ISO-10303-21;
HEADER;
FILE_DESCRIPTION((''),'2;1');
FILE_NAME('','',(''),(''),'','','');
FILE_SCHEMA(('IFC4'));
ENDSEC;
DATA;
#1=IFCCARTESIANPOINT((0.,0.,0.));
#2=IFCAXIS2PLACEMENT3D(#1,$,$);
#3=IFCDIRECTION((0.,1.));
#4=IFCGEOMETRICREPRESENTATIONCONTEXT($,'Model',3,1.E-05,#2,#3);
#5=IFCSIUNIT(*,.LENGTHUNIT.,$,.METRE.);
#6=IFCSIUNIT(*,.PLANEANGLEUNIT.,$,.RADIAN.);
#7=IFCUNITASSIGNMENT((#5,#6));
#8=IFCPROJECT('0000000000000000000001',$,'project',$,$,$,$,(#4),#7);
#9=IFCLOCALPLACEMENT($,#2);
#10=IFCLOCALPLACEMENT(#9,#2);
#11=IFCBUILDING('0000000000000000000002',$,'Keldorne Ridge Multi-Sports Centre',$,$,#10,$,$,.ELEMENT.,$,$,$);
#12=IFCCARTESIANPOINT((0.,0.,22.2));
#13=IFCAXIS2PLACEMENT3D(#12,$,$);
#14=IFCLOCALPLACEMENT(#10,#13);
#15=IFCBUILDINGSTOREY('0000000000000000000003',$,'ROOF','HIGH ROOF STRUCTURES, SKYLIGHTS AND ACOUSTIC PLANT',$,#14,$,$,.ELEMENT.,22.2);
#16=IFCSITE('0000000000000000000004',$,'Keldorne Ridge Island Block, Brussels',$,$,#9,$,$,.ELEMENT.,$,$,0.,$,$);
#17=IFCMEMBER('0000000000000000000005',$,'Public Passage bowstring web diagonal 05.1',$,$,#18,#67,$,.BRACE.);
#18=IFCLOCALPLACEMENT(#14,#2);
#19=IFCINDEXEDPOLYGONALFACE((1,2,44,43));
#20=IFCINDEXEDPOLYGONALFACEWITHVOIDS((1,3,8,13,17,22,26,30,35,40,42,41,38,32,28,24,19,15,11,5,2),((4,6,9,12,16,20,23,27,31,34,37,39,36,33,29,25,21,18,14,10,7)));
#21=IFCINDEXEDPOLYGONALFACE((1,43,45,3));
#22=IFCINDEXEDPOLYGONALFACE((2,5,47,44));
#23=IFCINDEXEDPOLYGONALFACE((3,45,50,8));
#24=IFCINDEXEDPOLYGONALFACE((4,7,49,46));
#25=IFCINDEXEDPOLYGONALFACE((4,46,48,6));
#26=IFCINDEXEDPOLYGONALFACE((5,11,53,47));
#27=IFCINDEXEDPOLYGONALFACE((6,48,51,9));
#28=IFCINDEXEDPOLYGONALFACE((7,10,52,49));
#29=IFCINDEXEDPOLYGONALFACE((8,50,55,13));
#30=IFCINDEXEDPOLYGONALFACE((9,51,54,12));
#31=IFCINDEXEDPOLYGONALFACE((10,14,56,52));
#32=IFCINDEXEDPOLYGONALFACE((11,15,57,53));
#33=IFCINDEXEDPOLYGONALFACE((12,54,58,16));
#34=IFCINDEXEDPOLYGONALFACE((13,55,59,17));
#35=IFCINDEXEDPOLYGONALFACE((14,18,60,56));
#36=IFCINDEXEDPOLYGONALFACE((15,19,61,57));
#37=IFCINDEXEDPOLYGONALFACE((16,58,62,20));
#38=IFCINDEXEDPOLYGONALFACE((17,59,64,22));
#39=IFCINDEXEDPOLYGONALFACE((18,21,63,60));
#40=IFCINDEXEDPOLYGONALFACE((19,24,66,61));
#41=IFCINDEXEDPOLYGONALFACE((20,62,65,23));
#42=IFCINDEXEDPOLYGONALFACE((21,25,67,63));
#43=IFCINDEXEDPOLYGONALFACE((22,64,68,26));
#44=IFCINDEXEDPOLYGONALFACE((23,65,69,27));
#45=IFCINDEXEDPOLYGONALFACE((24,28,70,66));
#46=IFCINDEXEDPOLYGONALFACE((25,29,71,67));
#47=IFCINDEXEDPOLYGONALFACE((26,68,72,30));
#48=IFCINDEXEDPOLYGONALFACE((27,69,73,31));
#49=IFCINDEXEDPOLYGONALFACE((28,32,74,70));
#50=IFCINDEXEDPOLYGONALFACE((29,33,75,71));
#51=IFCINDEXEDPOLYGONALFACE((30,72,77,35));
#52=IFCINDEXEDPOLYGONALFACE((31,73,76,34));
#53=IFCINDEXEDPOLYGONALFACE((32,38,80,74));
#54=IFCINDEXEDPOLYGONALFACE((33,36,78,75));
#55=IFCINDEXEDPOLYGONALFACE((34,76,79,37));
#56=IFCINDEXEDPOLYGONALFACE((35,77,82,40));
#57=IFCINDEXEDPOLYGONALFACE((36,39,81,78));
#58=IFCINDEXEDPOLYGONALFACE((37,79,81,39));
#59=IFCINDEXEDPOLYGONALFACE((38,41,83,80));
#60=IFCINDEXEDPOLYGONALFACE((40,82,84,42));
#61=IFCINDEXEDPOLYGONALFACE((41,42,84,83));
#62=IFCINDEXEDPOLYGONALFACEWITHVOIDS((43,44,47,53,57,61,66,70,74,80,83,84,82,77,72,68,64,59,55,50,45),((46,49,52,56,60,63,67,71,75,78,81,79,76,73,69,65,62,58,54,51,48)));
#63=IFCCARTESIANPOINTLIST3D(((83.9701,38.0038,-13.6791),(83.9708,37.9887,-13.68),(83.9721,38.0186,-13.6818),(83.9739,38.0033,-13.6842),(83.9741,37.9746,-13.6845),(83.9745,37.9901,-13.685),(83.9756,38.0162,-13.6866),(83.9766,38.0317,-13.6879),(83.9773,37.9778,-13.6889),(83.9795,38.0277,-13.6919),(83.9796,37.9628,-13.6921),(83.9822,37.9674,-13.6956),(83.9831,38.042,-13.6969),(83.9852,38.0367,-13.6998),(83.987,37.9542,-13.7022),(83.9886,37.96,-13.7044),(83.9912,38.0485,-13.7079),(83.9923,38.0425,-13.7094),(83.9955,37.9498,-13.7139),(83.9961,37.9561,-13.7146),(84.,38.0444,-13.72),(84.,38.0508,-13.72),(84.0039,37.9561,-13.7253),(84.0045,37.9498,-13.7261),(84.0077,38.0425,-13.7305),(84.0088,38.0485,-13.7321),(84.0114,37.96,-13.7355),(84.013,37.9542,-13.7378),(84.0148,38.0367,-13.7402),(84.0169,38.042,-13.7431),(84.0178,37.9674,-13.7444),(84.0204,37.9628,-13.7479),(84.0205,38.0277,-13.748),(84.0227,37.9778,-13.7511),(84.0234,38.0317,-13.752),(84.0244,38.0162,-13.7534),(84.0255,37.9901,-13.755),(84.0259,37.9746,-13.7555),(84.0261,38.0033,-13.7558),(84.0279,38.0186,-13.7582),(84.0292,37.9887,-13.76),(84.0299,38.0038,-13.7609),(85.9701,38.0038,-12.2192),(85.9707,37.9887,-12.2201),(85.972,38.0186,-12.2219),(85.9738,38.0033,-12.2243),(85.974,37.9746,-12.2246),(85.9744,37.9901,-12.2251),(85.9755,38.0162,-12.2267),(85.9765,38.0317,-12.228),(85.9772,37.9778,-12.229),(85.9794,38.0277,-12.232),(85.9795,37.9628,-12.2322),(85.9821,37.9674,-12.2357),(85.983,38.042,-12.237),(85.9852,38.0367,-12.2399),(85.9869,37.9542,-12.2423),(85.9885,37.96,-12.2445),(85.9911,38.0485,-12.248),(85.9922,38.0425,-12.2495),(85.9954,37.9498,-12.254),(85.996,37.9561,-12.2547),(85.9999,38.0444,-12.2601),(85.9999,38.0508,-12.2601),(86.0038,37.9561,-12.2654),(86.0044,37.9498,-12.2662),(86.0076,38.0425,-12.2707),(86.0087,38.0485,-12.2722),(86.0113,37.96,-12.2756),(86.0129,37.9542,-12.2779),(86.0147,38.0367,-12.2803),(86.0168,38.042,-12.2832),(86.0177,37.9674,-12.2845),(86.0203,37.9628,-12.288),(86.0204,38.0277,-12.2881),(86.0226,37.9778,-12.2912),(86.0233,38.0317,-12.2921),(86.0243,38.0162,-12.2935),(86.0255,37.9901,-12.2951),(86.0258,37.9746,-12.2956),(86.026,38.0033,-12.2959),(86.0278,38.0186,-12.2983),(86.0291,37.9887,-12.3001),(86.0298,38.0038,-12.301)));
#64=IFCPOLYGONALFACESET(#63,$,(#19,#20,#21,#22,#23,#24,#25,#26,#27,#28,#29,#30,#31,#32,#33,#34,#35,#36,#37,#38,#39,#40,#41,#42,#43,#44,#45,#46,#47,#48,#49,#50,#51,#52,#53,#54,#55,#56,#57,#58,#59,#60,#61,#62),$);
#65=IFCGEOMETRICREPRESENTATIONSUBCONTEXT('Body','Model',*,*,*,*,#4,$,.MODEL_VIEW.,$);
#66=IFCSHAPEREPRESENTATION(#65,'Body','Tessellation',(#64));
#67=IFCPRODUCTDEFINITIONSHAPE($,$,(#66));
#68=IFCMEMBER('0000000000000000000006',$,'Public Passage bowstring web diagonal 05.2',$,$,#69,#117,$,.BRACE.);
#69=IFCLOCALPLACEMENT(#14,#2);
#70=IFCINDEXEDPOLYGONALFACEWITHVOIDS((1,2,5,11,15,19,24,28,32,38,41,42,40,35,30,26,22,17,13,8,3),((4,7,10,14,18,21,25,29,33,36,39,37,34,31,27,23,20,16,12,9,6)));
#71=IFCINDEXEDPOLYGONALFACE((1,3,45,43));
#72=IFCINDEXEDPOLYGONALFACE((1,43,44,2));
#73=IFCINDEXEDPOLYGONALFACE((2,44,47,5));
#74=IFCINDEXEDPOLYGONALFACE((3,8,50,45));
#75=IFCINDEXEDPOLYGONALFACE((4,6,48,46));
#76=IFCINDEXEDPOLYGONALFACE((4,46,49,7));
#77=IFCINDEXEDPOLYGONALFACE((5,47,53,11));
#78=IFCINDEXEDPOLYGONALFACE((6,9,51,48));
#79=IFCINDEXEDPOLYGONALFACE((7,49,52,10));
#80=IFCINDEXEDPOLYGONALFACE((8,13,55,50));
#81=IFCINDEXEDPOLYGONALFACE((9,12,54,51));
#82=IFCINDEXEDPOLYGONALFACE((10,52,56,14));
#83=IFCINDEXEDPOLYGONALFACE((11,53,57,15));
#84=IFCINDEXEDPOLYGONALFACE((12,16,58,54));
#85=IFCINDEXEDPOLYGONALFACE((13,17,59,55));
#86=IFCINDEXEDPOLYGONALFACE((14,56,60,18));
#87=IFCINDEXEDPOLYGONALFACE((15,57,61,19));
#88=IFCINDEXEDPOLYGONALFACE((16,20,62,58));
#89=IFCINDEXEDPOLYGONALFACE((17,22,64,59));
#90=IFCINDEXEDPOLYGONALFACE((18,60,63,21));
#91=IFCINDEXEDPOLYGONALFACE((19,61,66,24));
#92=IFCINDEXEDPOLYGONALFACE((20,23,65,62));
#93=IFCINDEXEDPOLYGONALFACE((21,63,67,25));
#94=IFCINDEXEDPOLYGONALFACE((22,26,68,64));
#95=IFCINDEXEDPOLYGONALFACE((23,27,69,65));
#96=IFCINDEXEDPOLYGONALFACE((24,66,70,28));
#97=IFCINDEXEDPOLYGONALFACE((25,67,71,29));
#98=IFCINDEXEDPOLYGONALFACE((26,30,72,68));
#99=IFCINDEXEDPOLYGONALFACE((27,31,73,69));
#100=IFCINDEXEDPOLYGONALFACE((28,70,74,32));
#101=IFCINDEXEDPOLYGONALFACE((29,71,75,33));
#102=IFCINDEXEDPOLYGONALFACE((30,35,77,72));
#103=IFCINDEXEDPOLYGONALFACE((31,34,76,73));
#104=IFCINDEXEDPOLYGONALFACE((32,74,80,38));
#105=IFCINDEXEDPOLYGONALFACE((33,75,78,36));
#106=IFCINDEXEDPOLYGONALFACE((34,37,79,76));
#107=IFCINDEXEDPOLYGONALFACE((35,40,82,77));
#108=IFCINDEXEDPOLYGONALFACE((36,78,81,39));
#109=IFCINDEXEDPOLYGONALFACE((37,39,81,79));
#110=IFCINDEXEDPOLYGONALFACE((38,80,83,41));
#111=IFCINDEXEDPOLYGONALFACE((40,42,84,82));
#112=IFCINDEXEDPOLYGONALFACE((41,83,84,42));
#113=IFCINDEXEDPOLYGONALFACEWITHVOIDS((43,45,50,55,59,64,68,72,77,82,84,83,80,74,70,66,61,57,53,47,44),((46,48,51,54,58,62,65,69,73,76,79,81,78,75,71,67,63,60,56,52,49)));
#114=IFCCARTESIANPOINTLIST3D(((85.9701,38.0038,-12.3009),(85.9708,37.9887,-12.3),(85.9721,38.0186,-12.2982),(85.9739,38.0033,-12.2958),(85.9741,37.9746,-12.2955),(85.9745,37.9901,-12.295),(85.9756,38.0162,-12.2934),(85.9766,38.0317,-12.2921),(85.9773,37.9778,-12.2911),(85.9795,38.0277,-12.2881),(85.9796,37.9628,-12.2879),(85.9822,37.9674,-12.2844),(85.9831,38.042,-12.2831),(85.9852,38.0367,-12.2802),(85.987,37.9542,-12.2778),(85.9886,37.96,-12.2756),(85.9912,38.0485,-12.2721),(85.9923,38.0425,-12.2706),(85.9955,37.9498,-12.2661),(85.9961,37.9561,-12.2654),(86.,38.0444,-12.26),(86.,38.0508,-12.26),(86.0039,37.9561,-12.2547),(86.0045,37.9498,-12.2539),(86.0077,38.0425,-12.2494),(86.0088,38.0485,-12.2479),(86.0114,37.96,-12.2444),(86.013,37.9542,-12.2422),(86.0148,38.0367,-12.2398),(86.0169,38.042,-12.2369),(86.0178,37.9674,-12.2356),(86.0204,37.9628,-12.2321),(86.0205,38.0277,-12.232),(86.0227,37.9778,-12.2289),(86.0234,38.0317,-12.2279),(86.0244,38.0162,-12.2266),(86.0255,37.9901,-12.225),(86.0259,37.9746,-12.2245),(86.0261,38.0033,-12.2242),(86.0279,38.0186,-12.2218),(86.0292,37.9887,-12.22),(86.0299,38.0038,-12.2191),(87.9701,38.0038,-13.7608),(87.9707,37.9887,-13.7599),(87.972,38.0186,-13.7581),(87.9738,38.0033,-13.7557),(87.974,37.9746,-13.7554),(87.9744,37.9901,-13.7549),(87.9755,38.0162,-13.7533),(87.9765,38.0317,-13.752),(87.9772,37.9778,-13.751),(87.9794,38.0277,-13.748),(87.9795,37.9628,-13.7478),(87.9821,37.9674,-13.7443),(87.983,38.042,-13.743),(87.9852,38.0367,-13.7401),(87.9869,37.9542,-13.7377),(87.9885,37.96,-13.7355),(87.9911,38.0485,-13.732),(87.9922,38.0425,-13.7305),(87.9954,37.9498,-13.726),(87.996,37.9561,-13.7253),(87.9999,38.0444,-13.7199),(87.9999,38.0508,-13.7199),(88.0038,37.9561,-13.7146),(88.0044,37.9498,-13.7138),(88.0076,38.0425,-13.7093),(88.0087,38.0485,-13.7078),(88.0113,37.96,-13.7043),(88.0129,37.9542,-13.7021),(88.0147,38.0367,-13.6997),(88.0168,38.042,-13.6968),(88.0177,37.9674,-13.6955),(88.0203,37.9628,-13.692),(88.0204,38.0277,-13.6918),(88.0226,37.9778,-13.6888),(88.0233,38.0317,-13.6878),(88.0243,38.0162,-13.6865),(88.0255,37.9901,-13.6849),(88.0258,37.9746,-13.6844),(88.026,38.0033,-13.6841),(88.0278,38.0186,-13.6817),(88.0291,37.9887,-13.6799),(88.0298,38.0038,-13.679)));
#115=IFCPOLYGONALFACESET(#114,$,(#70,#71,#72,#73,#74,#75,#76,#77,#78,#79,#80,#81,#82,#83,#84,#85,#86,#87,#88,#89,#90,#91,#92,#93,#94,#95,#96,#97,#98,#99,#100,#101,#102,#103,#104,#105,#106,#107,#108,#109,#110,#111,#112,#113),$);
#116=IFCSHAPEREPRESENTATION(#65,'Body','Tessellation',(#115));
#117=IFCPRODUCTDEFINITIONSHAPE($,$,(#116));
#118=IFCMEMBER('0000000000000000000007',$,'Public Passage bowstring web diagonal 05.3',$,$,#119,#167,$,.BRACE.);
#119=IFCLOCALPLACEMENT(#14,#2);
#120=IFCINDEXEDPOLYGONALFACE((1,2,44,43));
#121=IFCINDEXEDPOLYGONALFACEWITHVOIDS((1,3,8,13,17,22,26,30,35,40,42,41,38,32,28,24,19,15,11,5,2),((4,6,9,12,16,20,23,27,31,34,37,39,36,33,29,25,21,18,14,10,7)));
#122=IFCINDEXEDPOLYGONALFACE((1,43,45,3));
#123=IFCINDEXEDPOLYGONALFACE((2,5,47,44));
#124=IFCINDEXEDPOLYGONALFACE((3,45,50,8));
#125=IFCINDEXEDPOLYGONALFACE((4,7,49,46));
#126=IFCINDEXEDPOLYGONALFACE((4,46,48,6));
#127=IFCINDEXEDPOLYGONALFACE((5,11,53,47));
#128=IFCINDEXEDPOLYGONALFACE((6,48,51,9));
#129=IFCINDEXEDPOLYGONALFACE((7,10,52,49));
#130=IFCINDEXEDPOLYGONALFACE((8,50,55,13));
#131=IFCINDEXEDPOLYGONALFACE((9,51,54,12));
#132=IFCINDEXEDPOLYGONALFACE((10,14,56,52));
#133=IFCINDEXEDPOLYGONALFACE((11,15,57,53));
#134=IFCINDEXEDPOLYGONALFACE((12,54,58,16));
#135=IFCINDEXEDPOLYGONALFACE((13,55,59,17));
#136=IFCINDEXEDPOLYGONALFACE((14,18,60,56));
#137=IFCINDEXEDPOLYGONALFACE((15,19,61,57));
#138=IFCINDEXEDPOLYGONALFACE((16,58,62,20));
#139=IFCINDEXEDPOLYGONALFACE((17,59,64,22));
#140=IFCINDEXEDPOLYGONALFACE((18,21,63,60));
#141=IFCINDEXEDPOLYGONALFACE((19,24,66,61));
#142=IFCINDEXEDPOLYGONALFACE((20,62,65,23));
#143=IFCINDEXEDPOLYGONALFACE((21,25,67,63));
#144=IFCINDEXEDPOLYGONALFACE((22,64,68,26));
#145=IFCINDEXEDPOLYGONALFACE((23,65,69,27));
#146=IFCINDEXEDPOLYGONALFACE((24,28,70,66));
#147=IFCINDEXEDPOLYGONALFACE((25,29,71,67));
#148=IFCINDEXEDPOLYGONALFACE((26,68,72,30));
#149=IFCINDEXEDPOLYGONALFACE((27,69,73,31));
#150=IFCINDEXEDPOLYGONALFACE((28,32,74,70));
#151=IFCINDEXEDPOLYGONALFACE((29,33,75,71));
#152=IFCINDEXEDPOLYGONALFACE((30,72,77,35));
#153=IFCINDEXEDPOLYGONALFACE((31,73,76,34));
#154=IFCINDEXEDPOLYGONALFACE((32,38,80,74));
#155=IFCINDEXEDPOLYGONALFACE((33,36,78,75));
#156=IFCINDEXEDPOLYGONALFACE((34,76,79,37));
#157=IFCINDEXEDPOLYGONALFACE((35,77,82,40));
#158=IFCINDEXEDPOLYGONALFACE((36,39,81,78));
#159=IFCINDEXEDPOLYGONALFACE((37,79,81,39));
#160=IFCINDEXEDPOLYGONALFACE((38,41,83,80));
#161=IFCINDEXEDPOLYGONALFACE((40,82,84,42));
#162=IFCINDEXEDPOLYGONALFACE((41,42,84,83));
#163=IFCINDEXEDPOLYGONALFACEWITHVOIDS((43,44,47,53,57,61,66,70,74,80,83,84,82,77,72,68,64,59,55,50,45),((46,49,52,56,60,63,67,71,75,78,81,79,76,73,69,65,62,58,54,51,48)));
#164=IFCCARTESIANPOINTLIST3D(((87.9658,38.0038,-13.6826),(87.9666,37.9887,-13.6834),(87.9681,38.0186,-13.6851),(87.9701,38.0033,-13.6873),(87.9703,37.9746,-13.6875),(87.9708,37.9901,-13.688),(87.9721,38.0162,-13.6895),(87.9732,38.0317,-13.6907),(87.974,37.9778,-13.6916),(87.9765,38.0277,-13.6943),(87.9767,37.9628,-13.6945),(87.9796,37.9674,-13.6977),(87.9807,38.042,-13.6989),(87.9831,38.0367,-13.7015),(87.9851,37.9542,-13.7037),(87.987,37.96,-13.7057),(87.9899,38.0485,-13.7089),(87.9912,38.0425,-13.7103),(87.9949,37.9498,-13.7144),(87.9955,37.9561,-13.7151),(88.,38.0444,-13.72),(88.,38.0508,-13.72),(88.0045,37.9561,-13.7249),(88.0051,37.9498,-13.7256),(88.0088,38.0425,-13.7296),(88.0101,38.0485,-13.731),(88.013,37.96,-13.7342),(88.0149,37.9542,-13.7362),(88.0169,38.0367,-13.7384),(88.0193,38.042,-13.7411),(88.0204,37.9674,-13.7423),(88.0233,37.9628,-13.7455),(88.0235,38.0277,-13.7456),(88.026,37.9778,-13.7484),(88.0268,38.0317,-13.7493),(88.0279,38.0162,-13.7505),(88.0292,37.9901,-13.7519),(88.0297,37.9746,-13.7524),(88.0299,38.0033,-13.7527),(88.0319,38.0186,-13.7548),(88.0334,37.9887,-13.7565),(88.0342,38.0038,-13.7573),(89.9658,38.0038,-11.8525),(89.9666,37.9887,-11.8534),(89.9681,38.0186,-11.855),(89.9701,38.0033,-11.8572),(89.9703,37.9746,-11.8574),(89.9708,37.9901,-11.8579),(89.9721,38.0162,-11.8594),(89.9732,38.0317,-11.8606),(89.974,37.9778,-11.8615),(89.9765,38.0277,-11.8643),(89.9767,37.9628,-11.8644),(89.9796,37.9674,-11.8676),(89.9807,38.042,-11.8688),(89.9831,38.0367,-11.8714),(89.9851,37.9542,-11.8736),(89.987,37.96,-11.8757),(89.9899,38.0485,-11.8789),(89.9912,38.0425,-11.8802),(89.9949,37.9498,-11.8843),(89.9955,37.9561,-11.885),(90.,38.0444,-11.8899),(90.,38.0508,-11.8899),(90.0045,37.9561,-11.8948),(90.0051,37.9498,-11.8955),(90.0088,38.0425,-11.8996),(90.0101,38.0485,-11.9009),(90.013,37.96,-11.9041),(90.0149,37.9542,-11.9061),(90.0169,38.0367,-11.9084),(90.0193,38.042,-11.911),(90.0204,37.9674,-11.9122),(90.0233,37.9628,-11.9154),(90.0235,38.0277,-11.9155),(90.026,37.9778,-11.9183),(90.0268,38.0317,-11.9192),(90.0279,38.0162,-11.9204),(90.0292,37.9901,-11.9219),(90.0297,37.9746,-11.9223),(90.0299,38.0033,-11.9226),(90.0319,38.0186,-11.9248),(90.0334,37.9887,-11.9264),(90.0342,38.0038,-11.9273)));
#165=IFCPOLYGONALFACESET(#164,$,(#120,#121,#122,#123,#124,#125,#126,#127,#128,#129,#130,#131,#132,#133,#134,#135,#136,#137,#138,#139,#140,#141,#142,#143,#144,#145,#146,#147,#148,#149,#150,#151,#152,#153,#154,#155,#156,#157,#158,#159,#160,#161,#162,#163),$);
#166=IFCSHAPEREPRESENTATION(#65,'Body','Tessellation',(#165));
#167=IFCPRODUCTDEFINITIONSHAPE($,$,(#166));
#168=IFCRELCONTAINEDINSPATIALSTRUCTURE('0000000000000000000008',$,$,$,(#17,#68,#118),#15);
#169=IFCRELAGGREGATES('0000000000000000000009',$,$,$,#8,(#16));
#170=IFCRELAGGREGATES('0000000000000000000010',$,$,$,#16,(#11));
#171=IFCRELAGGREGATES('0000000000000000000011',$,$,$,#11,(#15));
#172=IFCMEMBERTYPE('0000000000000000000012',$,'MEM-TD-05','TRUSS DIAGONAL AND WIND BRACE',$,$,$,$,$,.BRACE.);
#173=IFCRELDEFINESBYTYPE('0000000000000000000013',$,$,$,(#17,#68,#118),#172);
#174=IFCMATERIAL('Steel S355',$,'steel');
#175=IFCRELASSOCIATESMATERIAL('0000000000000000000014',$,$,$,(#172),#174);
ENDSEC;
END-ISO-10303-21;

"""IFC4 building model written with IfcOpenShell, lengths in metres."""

from ifc_helpers import new_model, si_unit, direction, frame, origin, origin_2d, place, context, subcontext, project, spatial, hollow_circle, extrude, material, material_profile, profile_set, type_object, element, save


model = new_model("IFC4")

# Units and contexts
model_context = context("Model", 3, precision=1e-05, world=origin(), true_north=direction((0.0, 1.0)))
body_context = subcontext(model_context, "Body", "Model", "MODEL_VIEW")
ifc_project = project(units=[si_unit("LENGTHUNIT", "METRE"), si_unit("PLANEANGLEUNIT", "RADIAN")], contexts=[model_context])

# Site, building, storey
site_placement = place(None, origin())
site = spatial("IfcSite", under=ifc_project, at=site_placement, Name="Keldorne Ridge Island Block, Brussels", CompositionType="ELEMENT", RefElevation=0.0)
building_placement = place(site_placement, origin())
building = spatial("IfcBuilding", under=site, at=building_placement, Name="Keldorne Ridge Multi-Sports Centre", CompositionType="ELEMENT")
storey_placement = place(building_placement, frame((0.0, 0.0, 22.2)))
storey = spatial("IfcBuildingStorey", under=building, at=storey_placement, Name="ROOF", Description="HIGH ROOF STRUCTURES, SKYLIGHTS AND ACOUSTIC PLANT", CompositionType="ELEMENT", Elevation=22.2)

# Members
ifc_material = material(Name="Steel S355", Category="steel")
ifc_material_profile_1 = material_profile(ifc_material, hollow_circle(Radius=0.0508, WallThickness=0.0063, at=origin_2d()), Name="CHS 101.6x6.3")
ifc_profile_set_1 = profile_set([ifc_material_profile_1], Name="Steel S355")
member_type_1 = type_object("IfcMemberType", Name="MEM-TD-05", Description="TRUSS DIAGONAL AND WIND BRACE", PredefinedType="BRACE", material=ifc_profile_set_1)
for number, where, z_axis, x_axis, name in (
    (1, (84.0, 38.0, -13.72), (0.807695, 0.0, 0.589601), (0.0, 1.0, 0.0), "Public Passage bowstring web diagonal 05.1"),
    (2, (86.0, 38.0, -12.26), (0.807695, 0.0, -0.589601), (0.0, 1.0, 0.0), "Public Passage bowstring web diagonal 05.2"),
):
    element("IfcMember", number, at=place(storey_placement, frame(where, z_axis=z_axis, x_axis=x_axis)), inside=storey, type_object=member_type_1, Name=name, PredefinedType="BRACE", context=body_context, shape_type="SweptSolid", body=[
        extrude(hollow_circle(Radius=0.0508, WallThickness=0.0063, at=origin_2d()), origin(), (0.0, 0.0, 1.0), 2.4761),
    ])
member_1_placement = place(storey_placement, frame((88.0, 38.0, -13.72), z_axis=(0.737752, 0.0, 0.675072), x_axis=(0.0, 1.0, 0.0)))
element("IfcMember", 3, at=member_1_placement, inside=storey, type_object=member_type_1, Name="Public Passage bowstring web diagonal 05.3", PredefinedType="BRACE", context=body_context, shape_type="SweptSolid", body=[
    extrude(hollow_circle(Radius=0.0508, WallThickness=0.0063, at=origin_2d()), origin(), (0.0, 0.0, 1.0), 2.7109),
])

save(model, "model.ifc")
